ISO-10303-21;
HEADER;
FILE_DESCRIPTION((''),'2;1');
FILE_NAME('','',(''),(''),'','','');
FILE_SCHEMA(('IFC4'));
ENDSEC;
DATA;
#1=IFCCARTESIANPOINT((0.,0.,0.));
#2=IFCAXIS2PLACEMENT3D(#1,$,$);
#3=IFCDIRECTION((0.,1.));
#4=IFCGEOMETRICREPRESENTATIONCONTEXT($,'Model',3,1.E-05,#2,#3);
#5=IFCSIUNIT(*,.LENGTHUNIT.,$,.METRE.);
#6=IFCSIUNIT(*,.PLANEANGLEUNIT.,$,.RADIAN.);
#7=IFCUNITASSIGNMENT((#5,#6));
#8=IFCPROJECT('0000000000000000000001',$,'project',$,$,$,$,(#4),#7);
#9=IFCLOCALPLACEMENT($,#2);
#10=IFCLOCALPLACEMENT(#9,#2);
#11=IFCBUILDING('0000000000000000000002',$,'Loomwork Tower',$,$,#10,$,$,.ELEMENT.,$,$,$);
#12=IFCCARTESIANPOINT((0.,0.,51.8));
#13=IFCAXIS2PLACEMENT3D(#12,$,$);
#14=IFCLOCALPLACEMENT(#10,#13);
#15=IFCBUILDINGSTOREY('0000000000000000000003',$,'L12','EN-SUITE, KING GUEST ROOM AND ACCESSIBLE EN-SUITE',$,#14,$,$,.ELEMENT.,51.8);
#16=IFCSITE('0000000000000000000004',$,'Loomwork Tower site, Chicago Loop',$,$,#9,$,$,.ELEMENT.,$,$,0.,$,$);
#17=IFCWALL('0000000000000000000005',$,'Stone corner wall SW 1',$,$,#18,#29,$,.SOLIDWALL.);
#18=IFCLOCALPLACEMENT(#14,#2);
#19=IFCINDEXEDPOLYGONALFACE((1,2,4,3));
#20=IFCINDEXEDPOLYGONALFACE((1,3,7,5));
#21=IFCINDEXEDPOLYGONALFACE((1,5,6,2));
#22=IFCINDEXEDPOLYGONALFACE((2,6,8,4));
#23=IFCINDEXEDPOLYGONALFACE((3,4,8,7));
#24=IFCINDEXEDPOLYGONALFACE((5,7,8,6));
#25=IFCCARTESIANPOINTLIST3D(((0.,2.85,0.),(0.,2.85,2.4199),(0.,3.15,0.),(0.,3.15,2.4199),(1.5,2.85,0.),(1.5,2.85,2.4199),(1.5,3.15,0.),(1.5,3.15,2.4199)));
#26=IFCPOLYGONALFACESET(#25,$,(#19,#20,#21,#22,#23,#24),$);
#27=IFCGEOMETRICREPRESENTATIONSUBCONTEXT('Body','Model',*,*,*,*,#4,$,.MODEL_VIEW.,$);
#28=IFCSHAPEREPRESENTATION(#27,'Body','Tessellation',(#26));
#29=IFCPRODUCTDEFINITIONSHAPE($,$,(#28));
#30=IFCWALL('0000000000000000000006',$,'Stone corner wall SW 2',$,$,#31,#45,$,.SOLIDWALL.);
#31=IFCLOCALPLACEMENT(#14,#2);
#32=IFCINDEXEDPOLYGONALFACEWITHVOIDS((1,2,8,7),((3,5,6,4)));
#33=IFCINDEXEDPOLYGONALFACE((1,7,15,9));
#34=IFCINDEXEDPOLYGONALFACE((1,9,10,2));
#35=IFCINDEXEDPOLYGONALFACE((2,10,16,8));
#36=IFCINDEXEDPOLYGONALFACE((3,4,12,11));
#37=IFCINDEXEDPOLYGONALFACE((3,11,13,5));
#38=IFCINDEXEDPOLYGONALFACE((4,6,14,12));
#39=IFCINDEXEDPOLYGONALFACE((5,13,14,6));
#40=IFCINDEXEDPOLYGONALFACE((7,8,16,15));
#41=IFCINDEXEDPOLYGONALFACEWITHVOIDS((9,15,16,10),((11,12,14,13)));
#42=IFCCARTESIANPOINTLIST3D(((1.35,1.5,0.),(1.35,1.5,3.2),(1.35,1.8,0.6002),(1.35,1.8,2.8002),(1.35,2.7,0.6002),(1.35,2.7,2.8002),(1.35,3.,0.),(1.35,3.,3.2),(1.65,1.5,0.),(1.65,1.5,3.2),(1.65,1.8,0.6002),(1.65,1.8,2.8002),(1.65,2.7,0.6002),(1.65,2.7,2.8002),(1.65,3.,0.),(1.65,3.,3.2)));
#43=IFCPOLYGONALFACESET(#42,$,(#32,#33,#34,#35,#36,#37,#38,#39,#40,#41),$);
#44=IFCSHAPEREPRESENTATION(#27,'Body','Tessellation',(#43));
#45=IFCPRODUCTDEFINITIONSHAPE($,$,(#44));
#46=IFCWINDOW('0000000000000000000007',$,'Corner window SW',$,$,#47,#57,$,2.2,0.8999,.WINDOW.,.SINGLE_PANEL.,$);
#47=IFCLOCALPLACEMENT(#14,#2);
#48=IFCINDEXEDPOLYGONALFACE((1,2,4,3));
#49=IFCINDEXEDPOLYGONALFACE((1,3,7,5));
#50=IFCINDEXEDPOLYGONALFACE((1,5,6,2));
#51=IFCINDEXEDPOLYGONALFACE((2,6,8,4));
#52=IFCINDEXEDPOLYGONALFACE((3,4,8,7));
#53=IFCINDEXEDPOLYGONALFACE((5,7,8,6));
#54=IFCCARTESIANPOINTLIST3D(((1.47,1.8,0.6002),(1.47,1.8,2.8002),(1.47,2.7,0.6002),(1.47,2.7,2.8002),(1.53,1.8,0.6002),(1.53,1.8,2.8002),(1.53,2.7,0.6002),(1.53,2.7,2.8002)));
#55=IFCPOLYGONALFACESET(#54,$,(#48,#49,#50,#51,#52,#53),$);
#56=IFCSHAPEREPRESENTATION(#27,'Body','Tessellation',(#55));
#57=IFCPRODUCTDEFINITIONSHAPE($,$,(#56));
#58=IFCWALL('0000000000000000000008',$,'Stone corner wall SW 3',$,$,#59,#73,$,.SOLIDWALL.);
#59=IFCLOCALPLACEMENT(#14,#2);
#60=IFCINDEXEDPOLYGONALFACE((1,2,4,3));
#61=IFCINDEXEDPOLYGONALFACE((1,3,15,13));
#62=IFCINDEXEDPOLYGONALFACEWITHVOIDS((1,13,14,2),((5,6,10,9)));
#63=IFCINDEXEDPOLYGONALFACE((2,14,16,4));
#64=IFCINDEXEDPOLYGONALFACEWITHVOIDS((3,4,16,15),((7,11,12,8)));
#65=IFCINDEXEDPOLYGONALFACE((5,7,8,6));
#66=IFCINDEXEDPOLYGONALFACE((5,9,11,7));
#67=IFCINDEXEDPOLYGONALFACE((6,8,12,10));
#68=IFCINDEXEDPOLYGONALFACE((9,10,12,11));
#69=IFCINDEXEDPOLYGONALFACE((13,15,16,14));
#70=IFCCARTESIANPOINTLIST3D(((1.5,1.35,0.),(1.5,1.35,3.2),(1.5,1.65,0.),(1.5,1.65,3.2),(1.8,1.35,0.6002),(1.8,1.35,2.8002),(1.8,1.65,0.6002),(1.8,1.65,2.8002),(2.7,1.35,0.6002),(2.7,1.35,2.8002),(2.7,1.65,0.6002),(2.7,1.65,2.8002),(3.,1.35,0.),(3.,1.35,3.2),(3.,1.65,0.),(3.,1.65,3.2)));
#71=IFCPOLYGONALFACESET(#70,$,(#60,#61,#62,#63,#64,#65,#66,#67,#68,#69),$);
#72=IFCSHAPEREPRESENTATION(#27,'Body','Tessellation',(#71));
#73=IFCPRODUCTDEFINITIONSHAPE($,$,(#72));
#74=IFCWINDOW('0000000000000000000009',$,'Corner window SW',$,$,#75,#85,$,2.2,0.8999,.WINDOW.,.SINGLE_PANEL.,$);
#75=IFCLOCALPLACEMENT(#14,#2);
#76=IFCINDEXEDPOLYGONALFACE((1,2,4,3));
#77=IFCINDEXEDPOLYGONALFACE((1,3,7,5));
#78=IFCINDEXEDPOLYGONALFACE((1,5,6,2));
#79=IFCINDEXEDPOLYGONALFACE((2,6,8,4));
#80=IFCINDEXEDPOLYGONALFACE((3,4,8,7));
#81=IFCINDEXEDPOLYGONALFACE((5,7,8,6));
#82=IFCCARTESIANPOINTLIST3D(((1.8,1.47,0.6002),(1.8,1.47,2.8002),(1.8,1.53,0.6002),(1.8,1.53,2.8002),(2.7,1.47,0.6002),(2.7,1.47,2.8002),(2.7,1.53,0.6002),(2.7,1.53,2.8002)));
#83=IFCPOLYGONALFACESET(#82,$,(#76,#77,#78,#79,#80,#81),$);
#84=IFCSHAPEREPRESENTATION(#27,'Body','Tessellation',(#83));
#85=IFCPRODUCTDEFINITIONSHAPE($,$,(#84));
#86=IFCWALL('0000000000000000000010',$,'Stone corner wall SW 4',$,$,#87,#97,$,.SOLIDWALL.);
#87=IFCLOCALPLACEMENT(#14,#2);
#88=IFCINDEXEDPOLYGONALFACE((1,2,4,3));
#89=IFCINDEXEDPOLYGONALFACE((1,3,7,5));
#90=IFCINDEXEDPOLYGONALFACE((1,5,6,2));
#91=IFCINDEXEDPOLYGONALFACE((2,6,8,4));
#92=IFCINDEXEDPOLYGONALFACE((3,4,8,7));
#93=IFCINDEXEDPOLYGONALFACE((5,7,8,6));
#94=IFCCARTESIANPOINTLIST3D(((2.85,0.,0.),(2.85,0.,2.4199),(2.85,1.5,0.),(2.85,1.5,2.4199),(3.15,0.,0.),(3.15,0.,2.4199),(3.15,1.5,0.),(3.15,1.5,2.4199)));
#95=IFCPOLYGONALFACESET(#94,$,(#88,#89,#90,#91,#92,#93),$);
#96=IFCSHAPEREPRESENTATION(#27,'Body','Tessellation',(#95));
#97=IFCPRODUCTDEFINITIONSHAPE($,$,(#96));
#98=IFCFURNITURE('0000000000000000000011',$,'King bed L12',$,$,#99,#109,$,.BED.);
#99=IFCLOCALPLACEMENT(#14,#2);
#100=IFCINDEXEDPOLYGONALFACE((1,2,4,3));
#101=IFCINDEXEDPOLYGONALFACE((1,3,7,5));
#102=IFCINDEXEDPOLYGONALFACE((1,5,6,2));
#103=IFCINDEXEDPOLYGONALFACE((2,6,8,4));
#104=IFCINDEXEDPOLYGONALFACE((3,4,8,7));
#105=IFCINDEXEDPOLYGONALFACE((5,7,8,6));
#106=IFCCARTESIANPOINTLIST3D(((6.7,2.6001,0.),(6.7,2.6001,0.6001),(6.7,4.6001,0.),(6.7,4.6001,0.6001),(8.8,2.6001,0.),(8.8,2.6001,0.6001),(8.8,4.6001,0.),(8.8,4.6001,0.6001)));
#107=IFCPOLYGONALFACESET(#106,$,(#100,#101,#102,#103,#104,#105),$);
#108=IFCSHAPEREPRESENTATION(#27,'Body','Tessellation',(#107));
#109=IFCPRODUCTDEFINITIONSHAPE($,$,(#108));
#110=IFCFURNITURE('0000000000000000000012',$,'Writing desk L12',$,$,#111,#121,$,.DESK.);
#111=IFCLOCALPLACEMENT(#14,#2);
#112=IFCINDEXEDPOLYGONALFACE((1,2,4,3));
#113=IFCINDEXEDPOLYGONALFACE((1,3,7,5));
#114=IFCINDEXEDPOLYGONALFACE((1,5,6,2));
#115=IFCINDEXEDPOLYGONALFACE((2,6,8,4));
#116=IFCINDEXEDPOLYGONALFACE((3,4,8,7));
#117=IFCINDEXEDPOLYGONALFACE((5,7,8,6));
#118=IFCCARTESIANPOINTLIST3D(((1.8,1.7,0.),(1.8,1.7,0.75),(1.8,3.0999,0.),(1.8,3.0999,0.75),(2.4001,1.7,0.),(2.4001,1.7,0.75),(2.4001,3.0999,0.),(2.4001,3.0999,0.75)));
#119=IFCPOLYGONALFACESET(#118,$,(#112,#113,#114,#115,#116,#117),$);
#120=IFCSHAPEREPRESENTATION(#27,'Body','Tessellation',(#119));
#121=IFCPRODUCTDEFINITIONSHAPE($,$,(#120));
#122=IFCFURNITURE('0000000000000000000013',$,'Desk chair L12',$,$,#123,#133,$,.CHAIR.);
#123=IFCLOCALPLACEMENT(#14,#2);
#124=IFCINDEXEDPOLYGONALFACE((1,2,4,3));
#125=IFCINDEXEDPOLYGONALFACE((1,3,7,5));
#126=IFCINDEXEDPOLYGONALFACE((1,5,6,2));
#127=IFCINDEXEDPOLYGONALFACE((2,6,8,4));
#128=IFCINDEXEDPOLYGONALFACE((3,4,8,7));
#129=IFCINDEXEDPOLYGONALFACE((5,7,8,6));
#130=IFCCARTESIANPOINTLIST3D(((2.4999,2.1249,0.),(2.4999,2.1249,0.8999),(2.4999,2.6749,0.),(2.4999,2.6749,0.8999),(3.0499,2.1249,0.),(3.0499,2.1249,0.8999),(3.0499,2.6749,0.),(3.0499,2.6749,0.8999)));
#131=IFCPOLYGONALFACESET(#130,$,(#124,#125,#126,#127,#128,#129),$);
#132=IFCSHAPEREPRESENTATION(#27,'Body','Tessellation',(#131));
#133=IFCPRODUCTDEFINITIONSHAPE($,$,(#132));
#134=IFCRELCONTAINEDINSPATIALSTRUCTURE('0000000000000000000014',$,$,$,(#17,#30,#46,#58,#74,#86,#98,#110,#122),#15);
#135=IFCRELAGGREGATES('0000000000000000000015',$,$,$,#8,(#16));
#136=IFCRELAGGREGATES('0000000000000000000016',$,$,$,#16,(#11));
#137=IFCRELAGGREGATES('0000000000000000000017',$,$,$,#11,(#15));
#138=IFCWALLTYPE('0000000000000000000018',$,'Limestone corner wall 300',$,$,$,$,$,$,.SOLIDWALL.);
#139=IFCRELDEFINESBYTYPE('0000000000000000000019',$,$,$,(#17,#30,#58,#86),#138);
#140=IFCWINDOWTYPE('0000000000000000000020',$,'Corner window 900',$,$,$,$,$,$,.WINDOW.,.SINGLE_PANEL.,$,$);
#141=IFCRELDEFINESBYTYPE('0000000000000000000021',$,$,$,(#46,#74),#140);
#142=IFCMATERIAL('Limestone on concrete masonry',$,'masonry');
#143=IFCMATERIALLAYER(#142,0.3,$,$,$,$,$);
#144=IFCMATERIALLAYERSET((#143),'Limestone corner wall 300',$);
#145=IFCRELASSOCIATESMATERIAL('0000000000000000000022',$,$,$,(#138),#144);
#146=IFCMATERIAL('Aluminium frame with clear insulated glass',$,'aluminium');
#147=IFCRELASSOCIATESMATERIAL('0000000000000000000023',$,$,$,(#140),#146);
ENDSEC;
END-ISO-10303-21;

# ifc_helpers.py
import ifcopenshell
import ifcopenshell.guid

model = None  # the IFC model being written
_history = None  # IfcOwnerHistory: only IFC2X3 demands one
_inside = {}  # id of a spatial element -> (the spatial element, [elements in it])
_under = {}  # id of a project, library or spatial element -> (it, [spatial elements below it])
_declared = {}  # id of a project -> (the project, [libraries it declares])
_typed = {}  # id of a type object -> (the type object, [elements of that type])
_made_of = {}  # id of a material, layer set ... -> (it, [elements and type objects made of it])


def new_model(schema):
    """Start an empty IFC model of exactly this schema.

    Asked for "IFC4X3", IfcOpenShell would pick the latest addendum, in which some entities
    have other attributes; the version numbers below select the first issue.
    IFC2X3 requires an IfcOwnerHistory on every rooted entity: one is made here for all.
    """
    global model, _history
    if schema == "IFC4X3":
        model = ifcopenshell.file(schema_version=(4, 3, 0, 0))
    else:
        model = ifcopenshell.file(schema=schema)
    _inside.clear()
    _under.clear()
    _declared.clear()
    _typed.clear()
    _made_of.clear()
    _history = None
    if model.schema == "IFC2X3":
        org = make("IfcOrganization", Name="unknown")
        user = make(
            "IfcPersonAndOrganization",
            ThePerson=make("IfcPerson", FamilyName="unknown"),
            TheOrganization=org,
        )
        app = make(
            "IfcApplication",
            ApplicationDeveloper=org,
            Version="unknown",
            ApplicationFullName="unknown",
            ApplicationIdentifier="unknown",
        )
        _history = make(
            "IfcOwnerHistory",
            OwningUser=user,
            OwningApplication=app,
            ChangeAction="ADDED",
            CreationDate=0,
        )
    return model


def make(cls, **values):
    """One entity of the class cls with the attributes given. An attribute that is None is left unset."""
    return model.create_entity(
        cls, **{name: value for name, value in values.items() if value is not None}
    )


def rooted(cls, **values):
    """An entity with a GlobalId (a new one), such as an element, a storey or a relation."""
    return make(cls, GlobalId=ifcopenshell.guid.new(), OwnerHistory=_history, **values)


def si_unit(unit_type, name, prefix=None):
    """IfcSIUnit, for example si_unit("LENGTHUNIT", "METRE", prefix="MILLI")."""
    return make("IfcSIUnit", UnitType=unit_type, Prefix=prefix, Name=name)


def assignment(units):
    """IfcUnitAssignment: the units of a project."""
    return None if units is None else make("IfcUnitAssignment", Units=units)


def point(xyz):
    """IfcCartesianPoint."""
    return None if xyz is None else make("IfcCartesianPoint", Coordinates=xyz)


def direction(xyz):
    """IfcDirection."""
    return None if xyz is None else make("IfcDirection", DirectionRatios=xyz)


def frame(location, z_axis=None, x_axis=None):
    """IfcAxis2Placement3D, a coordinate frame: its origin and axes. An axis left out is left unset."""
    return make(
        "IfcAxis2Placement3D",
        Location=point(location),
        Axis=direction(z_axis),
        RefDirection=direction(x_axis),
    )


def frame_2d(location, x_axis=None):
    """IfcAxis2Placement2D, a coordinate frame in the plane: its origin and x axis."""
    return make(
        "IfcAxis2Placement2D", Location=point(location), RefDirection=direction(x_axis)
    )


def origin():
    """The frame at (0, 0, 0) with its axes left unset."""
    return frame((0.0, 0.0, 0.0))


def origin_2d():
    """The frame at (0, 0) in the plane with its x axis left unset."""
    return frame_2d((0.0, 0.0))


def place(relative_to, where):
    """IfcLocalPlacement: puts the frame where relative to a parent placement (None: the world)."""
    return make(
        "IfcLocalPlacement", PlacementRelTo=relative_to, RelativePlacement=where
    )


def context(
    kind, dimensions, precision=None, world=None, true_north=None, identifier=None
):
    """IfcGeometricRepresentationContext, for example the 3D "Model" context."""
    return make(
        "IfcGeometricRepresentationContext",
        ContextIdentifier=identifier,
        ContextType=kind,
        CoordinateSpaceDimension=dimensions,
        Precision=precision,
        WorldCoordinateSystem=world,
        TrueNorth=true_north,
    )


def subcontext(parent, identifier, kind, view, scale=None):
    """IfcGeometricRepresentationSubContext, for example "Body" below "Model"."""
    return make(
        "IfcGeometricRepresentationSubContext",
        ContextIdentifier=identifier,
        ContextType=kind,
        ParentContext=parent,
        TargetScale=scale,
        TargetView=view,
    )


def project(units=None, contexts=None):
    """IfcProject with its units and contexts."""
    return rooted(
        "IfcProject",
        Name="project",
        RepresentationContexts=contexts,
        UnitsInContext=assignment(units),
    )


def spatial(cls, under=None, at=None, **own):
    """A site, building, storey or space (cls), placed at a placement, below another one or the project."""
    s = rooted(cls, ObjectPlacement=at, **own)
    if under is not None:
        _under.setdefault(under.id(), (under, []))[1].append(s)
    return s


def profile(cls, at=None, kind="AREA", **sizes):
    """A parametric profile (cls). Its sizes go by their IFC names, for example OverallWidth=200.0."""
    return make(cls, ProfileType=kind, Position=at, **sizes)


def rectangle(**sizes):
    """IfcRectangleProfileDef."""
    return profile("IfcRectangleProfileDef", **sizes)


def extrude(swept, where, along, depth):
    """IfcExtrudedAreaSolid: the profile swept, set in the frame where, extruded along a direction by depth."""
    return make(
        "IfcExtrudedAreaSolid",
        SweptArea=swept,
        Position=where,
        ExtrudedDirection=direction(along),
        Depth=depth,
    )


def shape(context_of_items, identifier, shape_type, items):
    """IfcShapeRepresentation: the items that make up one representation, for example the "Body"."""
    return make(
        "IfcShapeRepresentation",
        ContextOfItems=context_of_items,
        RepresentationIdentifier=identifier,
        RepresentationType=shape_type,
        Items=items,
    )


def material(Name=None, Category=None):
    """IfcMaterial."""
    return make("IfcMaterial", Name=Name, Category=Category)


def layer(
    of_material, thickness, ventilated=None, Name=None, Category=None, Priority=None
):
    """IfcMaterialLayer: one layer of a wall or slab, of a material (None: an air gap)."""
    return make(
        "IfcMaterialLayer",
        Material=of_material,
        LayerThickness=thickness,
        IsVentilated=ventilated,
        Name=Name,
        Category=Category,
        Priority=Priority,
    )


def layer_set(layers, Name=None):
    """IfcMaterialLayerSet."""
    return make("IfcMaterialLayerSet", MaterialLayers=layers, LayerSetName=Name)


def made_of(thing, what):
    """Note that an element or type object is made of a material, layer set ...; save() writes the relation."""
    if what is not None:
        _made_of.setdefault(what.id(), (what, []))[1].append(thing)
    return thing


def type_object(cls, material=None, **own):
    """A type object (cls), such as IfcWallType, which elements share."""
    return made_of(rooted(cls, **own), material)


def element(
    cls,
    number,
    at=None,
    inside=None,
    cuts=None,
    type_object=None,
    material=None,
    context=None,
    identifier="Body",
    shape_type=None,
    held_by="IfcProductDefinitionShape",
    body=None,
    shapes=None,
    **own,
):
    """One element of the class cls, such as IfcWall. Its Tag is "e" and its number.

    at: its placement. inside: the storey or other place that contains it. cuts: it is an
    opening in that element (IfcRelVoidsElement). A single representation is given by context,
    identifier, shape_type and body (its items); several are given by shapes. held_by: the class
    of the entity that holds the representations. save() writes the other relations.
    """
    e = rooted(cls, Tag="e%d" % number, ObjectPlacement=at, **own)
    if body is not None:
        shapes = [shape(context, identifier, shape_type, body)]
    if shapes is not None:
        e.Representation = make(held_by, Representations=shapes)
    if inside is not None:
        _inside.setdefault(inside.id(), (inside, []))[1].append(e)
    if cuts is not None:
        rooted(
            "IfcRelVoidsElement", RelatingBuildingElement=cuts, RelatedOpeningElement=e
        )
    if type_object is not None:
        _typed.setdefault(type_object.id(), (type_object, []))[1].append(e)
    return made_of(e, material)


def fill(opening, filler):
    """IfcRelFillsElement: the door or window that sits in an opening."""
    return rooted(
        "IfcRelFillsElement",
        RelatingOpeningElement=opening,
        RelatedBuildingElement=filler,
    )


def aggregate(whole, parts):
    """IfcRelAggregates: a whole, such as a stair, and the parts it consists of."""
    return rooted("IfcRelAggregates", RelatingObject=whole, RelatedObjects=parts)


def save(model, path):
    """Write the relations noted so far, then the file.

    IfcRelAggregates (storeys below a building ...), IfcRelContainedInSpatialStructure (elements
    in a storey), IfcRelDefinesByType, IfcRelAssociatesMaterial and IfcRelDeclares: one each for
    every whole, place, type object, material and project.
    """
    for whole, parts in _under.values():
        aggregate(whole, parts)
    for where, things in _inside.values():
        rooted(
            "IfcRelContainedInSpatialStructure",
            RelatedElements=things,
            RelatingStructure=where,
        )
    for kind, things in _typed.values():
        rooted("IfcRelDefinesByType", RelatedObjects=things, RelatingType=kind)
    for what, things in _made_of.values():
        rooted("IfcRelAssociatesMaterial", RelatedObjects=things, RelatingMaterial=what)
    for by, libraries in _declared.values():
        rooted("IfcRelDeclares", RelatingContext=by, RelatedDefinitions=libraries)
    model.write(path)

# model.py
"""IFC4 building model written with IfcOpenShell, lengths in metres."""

from ifc_helpers import new_model, si_unit, direction, frame, frame_2d, origin, origin_2d, place, context, subcontext, project, spatial, rectangle, extrude, material, layer, layer_set, type_object, element, fill, save


model = new_model("IFC4")

# Units and contexts
model_context = context("Model", 3, precision=1e-05, world=origin(), true_north=direction((0.0, 1.0)))
body_context = subcontext(model_context, "Body", "Model", "MODEL_VIEW")
ifc_project = project(units=[si_unit("LENGTHUNIT", "METRE"), si_unit("PLANEANGLEUNIT", "RADIAN")], contexts=[model_context])

# Site, building, storey
site_placement = place(None, origin())
site = spatial("IfcSite", under=ifc_project, at=site_placement, Name="Loomwork Tower site, Chicago Loop", CompositionType="ELEMENT", RefElevation=0.0)
building_placement = place(site_placement, origin())
building = spatial("IfcBuilding", under=site, at=building_placement, Name="Loomwork Tower", CompositionType="ELEMENT")
storey_placement = place(building_placement, frame((0.0, 0.0, 51.8)))
storey = spatial("IfcBuildingStorey", under=building, at=storey_placement, Name="L12", Description="EN-SUITE, KING GUEST ROOM AND ACCESSIBLE EN-SUITE", CompositionType="ELEMENT", Elevation=51.8)

# Wall
ifc_material_1 = material(Name="Limestone on concrete masonry", Category="masonry")
ifc_layer_1 = layer(ifc_material_1, 0.3)
ifc_layer_set_1 = layer_set([ifc_layer_1], Name="Limestone corner wall 300")
wall_type_1 = type_object("IfcWallType", Name="Limestone corner wall 300", PredefinedType="SOLIDWALL", material=ifc_layer_set_1)
wall_1_placement = place(storey_placement, frame((0.0, 3.0, 0.0), z_axis=(0.0, 0.0, 1.0), x_axis=(1.0, 0.0, 0.0)))
element("IfcWall", 1, at=wall_1_placement, inside=storey, type_object=wall_type_1, Name="Stone corner wall SW 1", PredefinedType="SOLIDWALL", context=body_context, shape_type="SweptSolid", body=[
    extrude(rectangle(XDim=1.5, YDim=0.3, at=frame_2d((0.75, 0.0))), origin(), (0.0, 0.0, 1.0), 2.4199),
])

# Walls, openings, windows
wall_2_placement = place(storey_placement, frame((1.5, 3.0, 0.0), z_axis=(0.0, 0.0, 1.0), x_axis=(0.0, -1.0, 0.0)))
wall_2 = element("IfcWall", 2, at=wall_2_placement, inside=storey, type_object=wall_type_1, Name="Stone corner wall SW 2", PredefinedType="SOLIDWALL", context=body_context, shape_type="SweptSolid", body=[
    extrude(rectangle(XDim=1.5, YDim=0.3, at=frame_2d((0.75, 0.0))), origin(), (0.0, 0.0, 1.0), 3.2),
])
opening_1_placement = place(wall_2_placement, frame((0.3, 0.0, 0.6001)))
opening_1 = element("IfcOpeningElement", 3, at=opening_1_placement, cuts=wall_2, PredefinedType="OPENING", context=body_context, shape_type="SweptSolid", body=[
    extrude(rectangle(XDim=0.8999, YDim=2.2, at=frame_2d((0.45, 1.1001))), frame((0.0, 0.1599, 0.0), z_axis=(0.0, -1.0, 0.0), x_axis=(1.0, 0.0, 0.0)), (0.0, 0.0, 1.0), 0.3201),
])
ifc_material_2 = material(Name="Aluminium frame with clear insulated glass", Category="aluminium")
window_type_1 = type_object("IfcWindowType", Name="Corner window 900", PartitioningType="SINGLE_PANEL", PredefinedType="WINDOW", material=ifc_material_2)
window_1_placement = place(opening_1_placement, origin())
window_1 = element("IfcWindow", 4, at=window_1_placement, inside=storey, type_object=window_type_1, Name="Corner window SW", OverallHeight=2.2, OverallWidth=0.8999, PartitioningType="SINGLE_PANEL", PredefinedType="WINDOW", context=body_context, shape_type="SweptSolid", body=[
    extrude(rectangle(XDim=0.8999, YDim=2.2, at=frame_2d((0.45, 1.1001))), frame((0.0, 0.03, 0.0), z_axis=(0.0, -1.0, 0.0), x_axis=(1.0, 0.0, 0.0)), (0.0, 0.0, 1.0), 0.0601),
])
fill(opening_1, window_1)
wall_3_placement = place(storey_placement, frame((1.5, 1.5, 0.0), z_axis=(0.0, 0.0, 1.0), x_axis=(1.0, 0.0, 0.0)))
wall_3 = element("IfcWall", 5, at=wall_3_placement, inside=storey, type_object=wall_type_1, Name="Stone corner wall SW 3", PredefinedType="SOLIDWALL", context=body_context, shape_type="SweptSolid", body=[
    extrude(rectangle(XDim=1.5, YDim=0.3, at=frame_2d((0.75, 0.0))), origin(), (0.0, 0.0, 1.0), 3.2),
])
opening_2_placement = place(wall_3_placement, frame((0.3, 0.0, 0.6001)))
opening_2 = element("IfcOpeningElement", 6, at=opening_2_placement, cuts=wall_3, PredefinedType="OPENING", context=body_context, shape_type="SweptSolid", body=[
    extrude(rectangle(XDim=0.8999, YDim=2.2, at=frame_2d((0.45, 1.1001))), frame((0.0, 0.1599, 0.0), z_axis=(0.0, -1.0, 0.0), x_axis=(1.0, 0.0, 0.0)), (0.0, 0.0, 1.0), 0.3201),
])
window_2_placement = place(opening_2_placement, origin())
window_2 = element("IfcWindow", 7, at=window_2_placement, inside=storey, type_object=window_type_1, Name="Corner window SW", OverallHeight=2.2, OverallWidth=0.8999, PartitioningType="SINGLE_PANEL", PredefinedType="WINDOW", context=body_context, shape_type="SweptSolid", body=[
    extrude(rectangle(XDim=0.8999, YDim=2.2, at=frame_2d((0.45, 1.1001))), frame((0.0, 0.03, 0.0), z_axis=(0.0, -1.0, 0.0), x_axis=(1.0, 0.0, 0.0)), (0.0, 0.0, 1.0), 0.0601),
])
fill(opening_2, window_2)

# Wall
wall_4_placement = place(storey_placement, frame((3.0, 1.5, 0.0), z_axis=(0.0, 0.0, 1.0), x_axis=(0.0, -1.0, 0.0)))
element("IfcWall", 8, at=wall_4_placement, inside=storey, type_object=wall_type_1, Name="Stone corner wall SW 4", PredefinedType="SOLIDWALL", context=body_context, shape_type="SweptSolid", body=[
    extrude(rectangle(XDim=1.5, YDim=0.3, at=frame_2d((0.75, 0.0))), origin(), (0.0, 0.0, 1.0), 2.4199),
])

# Furniture
furniture_1_placement = place(storey_placement, frame((7.75, 3.6001, 0.0), z_axis=(0.0, 0.0, 1.0), x_axis=(1.0, 0.0, 0.0)))
element("IfcFurniture", 9, at=furniture_1_placement, inside=storey, Name="King bed L12", PredefinedType="BED", context=body_context, shape_type="SweptSolid", body=[
    extrude(rectangle(XDim=2.1001, YDim=2.0, at=origin_2d()), origin(), (0.0, 0.0, 1.0), 0.6001),
])
furniture_2_placement = place(storey_placement, frame((2.1001, 2.3999, 0.0), z_axis=(0.0, 0.0, 1.0), x_axis=(1.0, 0.0, 0.0)))
element("IfcFurniture", 10, at=furniture_2_placement, inside=storey, Name="Writing desk L12", PredefinedType="DESK", context=body_context, shape_type="SweptSolid", body=[
    extrude(rectangle(XDim=0.6001, YDim=1.3999, at=origin_2d()), origin(), (0.0, 0.0, 1.0), 0.75),
])
furniture_3_placement = place(storey_placement, frame((2.7749, 2.3999, 0.0), z_axis=(0.0, 0.0, 1.0), x_axis=(1.0, 0.0, 0.0)))
element("IfcFurniture", 11, at=furniture_3_placement, inside=storey, Name="Desk chair L12", PredefinedType="CHAIR", context=body_context, shape_type="SweptSolid", body=[
    extrude(rectangle(XDim=0.55, YDim=0.55, at=origin_2d()), origin(), (0.0, 0.0, 1.0), 0.8999),
])

save(model, "model.ifc")
